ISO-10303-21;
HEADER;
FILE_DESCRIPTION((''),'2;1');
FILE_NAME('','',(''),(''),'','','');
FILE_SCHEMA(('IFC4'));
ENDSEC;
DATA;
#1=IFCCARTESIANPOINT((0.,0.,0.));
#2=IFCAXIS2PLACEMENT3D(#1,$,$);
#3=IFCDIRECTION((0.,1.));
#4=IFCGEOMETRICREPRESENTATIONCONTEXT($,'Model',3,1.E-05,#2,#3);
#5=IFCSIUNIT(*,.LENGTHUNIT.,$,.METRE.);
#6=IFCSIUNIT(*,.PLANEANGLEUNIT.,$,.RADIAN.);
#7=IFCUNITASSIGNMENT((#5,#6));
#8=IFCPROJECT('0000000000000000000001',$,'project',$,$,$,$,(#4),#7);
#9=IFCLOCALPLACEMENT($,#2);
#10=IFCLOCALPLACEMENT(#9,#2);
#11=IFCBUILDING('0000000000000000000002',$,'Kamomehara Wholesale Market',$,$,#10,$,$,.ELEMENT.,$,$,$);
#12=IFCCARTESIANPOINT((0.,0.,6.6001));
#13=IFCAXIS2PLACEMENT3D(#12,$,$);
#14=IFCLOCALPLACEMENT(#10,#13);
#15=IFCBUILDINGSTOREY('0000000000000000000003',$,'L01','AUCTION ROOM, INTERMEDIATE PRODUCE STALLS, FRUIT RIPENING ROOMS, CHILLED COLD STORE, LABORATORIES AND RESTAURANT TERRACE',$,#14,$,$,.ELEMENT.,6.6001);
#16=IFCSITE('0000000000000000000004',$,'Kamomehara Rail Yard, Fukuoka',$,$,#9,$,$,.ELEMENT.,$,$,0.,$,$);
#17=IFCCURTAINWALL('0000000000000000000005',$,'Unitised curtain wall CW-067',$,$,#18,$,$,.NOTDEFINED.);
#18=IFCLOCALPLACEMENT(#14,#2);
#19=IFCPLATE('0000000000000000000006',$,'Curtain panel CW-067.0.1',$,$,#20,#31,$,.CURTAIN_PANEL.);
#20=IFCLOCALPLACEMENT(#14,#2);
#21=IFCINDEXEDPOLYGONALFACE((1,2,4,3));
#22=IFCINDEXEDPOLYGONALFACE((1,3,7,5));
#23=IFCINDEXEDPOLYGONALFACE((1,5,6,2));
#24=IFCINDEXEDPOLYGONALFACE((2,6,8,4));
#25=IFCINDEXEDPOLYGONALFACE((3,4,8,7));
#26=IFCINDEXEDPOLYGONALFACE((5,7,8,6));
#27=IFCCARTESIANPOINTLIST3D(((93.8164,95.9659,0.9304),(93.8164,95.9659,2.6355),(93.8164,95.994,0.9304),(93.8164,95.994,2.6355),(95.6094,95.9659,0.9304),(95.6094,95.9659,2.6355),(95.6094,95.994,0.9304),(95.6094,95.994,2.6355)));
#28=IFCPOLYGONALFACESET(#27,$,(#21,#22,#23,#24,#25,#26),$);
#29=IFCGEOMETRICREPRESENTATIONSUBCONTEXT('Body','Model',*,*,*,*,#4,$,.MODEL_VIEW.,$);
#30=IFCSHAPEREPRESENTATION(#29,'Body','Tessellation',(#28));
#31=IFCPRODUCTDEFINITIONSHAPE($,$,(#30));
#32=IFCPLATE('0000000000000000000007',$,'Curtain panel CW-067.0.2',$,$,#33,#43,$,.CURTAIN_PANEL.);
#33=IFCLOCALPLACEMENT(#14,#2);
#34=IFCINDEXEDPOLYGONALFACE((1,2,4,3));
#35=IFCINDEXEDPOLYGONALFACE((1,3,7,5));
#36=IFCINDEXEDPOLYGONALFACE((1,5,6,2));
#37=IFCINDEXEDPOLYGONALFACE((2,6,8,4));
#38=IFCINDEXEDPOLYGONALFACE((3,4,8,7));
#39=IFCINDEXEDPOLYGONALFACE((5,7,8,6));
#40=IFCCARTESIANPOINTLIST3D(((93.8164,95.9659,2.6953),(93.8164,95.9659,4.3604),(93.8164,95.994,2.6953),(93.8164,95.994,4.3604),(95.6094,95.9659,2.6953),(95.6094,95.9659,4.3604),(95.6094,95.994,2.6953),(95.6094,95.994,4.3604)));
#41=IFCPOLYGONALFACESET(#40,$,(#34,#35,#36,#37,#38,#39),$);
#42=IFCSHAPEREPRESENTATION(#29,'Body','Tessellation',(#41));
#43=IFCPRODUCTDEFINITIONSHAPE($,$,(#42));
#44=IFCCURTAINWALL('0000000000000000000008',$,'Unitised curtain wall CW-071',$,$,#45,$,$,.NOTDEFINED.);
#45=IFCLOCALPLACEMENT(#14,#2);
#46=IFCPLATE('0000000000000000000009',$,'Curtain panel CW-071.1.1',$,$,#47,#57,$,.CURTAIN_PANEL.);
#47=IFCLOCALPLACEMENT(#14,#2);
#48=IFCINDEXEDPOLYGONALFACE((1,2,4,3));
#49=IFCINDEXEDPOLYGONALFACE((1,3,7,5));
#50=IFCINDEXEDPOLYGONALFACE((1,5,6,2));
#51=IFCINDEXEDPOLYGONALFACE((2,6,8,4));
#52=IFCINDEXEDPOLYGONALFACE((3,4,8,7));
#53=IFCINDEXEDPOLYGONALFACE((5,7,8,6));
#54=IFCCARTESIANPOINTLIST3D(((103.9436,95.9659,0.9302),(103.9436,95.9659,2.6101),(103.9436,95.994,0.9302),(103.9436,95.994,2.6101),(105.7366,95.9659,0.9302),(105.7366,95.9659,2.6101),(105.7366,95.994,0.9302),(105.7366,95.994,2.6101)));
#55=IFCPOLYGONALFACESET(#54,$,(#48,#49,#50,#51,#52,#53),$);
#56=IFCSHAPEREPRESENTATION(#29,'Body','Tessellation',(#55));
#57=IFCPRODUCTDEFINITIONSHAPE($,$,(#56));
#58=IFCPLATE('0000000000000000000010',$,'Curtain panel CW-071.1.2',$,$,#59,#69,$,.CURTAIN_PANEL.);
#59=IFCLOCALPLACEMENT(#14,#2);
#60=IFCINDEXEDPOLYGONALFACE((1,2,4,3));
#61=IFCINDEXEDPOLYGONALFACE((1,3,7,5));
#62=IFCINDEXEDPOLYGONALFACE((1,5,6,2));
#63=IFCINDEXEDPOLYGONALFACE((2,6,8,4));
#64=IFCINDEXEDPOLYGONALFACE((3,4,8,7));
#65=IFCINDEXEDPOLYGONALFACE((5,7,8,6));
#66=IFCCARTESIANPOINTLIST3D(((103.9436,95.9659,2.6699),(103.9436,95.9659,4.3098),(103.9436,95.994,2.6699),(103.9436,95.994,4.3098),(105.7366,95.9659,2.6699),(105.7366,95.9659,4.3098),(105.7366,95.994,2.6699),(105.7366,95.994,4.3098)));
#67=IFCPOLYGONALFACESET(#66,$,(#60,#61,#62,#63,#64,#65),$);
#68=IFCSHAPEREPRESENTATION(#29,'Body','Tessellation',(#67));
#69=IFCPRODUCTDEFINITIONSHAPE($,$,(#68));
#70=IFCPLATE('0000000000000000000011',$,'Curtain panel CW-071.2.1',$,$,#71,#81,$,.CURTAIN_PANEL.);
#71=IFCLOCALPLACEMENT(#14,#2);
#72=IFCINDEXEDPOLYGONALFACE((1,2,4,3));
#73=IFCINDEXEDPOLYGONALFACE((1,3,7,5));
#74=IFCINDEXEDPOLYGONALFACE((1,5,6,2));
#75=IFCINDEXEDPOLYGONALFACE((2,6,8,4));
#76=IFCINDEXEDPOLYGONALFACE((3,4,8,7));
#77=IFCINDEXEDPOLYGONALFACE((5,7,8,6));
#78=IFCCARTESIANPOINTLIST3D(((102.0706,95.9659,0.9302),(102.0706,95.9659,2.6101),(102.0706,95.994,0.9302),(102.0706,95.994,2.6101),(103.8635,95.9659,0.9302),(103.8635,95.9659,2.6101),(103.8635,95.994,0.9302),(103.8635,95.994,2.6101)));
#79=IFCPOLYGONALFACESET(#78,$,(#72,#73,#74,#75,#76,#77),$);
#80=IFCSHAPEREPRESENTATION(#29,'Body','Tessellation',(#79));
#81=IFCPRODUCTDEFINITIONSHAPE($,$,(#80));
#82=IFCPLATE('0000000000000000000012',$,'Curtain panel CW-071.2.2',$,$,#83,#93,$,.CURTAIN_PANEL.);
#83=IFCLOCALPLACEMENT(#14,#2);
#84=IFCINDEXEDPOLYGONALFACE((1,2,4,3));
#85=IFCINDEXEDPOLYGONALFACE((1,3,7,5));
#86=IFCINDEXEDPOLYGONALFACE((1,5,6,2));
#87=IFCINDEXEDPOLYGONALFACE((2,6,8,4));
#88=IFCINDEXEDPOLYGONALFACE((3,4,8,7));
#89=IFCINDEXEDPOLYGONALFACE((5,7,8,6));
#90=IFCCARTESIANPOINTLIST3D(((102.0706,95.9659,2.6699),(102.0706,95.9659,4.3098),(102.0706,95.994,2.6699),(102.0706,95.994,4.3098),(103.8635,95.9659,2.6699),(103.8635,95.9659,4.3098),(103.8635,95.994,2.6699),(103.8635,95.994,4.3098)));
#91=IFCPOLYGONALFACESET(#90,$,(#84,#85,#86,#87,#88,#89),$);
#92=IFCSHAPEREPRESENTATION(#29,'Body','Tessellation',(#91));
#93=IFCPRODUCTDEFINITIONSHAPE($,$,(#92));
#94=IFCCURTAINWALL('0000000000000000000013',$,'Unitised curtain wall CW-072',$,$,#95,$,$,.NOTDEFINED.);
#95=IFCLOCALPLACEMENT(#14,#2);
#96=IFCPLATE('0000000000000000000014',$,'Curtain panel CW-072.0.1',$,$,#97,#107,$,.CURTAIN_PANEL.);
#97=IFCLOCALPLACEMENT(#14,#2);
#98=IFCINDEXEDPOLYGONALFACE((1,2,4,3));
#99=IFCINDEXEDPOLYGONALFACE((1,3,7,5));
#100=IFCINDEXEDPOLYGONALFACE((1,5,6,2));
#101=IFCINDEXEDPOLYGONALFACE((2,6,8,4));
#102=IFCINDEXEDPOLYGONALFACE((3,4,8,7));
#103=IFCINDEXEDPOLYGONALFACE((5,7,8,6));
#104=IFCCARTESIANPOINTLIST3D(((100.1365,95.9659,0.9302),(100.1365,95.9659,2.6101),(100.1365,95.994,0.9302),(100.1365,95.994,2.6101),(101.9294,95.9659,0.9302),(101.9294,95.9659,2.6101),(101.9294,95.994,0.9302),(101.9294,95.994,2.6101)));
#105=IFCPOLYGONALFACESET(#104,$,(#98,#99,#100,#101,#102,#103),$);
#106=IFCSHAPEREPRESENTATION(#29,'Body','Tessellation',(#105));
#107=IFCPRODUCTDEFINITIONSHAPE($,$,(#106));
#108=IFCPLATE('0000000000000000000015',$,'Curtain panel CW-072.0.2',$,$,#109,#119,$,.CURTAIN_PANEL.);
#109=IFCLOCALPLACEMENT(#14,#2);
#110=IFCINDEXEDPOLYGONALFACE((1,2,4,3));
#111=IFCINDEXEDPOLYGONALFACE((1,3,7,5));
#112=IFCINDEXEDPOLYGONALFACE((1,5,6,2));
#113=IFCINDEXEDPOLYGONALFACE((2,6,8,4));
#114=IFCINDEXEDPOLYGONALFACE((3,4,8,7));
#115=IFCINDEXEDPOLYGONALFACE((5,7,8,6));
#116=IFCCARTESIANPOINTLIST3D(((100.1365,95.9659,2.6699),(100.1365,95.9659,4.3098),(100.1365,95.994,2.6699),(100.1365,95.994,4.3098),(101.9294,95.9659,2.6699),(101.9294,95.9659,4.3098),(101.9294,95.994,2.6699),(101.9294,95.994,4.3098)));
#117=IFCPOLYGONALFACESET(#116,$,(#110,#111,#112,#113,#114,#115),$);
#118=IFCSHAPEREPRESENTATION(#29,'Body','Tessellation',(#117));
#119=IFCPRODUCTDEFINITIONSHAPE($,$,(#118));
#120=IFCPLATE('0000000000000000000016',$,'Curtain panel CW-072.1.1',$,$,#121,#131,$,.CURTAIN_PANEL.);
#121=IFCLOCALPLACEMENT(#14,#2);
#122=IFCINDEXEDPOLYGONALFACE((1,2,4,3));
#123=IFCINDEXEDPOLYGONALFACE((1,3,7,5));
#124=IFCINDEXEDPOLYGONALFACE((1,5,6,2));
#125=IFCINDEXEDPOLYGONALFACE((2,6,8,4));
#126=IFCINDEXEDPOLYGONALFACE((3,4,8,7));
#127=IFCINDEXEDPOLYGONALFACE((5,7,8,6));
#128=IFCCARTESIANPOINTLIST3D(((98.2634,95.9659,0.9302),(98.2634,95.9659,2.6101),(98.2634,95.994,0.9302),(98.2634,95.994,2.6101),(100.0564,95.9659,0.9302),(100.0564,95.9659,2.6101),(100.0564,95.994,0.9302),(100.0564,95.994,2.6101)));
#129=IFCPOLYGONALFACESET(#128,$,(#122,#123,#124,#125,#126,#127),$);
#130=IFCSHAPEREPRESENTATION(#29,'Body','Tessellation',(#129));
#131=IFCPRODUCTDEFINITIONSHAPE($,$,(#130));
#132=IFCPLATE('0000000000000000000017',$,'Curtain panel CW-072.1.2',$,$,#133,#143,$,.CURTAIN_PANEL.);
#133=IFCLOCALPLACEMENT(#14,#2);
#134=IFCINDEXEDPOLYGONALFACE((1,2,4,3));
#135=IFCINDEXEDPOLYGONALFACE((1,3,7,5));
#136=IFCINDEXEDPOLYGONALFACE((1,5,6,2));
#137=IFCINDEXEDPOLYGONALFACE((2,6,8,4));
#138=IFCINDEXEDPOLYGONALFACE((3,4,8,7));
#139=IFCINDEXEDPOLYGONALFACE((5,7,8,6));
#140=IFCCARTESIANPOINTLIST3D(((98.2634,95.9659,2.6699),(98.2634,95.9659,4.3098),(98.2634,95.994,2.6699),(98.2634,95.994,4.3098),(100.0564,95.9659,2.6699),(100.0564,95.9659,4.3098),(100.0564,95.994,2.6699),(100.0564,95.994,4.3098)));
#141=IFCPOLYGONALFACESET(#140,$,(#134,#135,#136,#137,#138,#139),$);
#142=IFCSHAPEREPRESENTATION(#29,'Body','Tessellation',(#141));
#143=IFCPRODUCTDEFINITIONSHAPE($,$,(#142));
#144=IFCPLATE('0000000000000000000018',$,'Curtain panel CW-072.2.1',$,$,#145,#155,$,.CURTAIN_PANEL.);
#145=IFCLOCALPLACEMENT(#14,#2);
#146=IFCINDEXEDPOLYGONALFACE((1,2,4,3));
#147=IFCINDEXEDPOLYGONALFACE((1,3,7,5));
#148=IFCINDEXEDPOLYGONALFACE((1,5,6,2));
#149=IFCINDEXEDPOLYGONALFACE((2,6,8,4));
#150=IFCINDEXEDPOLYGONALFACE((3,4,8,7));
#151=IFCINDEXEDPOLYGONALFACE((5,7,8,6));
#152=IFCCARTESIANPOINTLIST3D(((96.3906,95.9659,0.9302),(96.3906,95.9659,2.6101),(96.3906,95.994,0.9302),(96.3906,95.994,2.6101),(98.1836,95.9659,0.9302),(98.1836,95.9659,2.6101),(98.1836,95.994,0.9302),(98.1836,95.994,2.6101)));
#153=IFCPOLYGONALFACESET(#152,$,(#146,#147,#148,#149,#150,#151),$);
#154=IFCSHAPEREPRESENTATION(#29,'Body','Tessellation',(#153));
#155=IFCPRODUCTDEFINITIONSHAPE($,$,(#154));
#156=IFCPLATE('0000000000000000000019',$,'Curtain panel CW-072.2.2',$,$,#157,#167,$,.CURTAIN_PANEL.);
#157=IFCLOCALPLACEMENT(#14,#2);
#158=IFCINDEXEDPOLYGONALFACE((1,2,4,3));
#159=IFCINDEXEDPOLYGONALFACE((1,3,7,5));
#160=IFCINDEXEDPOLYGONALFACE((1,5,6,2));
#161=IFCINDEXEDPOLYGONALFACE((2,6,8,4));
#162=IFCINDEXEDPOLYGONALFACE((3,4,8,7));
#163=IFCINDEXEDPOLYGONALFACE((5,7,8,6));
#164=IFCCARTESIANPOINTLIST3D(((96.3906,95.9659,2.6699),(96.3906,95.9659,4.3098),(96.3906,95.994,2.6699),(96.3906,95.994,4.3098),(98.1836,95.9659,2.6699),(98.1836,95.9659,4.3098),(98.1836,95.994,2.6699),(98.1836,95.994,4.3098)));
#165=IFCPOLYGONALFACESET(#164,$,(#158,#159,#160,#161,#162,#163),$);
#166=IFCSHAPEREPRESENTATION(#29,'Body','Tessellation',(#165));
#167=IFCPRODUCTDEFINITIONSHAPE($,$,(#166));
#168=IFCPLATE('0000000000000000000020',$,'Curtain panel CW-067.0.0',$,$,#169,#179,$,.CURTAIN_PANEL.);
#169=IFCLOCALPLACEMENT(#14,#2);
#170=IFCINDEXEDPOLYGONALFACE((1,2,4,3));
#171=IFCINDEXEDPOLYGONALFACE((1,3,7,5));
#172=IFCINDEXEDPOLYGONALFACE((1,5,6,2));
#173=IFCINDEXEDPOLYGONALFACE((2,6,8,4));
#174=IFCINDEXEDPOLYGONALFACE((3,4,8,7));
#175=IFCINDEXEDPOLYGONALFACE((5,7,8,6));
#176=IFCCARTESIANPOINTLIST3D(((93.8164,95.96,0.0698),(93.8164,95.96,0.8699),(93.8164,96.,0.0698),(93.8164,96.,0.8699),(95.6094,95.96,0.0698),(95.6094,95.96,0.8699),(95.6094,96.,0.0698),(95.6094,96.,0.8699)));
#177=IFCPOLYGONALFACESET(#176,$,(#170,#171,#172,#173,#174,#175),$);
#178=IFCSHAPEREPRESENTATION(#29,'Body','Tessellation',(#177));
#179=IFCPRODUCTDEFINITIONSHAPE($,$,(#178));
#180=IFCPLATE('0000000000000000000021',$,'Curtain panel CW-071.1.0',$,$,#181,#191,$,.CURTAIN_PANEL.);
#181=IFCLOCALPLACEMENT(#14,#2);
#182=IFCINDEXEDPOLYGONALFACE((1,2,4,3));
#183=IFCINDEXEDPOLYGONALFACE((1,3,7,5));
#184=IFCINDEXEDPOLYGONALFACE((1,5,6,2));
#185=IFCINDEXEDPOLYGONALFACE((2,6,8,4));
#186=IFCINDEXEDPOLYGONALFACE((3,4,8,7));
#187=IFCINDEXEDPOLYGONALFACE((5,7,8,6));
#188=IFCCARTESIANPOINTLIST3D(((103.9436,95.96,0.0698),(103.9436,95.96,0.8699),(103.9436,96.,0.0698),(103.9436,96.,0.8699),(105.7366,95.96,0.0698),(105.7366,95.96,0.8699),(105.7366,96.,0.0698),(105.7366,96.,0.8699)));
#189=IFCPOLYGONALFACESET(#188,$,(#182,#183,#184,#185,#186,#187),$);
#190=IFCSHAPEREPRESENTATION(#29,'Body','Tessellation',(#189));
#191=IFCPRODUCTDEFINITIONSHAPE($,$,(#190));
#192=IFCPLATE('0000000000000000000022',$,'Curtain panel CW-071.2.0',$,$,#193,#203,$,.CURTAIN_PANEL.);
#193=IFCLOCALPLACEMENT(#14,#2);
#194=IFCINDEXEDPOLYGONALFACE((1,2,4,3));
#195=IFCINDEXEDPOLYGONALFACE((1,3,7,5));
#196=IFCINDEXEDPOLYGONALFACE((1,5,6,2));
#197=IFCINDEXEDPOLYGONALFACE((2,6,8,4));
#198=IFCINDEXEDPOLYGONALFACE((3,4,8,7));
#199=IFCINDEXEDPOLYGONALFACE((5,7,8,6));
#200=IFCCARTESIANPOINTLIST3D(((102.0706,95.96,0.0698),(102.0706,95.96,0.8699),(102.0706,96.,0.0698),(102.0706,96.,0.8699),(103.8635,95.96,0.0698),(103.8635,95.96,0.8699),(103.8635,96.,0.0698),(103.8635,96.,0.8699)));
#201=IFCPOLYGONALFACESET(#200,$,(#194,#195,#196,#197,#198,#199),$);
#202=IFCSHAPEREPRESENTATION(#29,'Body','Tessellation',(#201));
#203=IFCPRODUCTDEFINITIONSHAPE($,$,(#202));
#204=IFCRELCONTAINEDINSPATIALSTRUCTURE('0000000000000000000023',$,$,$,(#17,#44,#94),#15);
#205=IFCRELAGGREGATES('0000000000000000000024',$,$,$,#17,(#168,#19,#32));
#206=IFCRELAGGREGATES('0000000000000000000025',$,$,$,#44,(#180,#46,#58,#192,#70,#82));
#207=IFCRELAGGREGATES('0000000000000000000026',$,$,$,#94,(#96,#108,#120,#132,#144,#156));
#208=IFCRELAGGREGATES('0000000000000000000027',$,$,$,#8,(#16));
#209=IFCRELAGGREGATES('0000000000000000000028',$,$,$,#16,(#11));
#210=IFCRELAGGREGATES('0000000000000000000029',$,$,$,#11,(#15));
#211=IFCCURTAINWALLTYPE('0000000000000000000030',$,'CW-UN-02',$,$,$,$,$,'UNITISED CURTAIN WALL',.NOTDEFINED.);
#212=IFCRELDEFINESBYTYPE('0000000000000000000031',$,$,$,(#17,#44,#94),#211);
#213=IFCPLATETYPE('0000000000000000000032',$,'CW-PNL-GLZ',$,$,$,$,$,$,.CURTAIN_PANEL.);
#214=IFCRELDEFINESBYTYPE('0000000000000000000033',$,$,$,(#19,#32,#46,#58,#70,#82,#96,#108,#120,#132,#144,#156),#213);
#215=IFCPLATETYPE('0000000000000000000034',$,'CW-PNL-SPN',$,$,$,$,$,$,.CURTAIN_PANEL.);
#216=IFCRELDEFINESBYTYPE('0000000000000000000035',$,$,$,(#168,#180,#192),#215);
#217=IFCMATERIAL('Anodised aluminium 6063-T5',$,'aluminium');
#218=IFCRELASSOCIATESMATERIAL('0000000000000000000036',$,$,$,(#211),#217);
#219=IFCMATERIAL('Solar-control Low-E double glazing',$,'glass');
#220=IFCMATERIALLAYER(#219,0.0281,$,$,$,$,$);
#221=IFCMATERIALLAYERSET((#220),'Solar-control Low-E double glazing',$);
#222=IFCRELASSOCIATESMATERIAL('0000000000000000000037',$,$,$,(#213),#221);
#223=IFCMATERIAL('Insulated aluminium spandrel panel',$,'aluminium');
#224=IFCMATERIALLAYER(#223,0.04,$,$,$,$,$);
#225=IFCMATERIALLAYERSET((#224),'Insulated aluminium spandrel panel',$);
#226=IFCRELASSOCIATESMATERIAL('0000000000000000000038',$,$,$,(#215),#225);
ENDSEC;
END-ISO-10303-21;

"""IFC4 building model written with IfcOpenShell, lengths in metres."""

from ifc_helpers import new_model, si_unit, direction, frame, origin, origin_2d, place, context, subcontext, project, spatial, rectangle, extrude, material, layer, layer_set, type_object, element, aggregate, save


model = new_model("IFC4")

# Units and contexts
model_context = context("Model", 3, precision=1e-05, world=origin(), true_north=direction((0.0, 1.0)))
body_context = subcontext(model_context, "Body", "Model", "MODEL_VIEW")
ifc_project = project(units=[si_unit("LENGTHUNIT", "METRE"), si_unit("PLANEANGLEUNIT", "RADIAN")], contexts=[model_context])

# Site, building, storey
site_placement = place(None, origin())
site = spatial("IfcSite", under=ifc_project, at=site_placement, Name="Kamomehara Rail Yard, Fukuoka", CompositionType="ELEMENT", RefElevation=0.0)
building_placement = place(site_placement, origin())
building = spatial("IfcBuilding", under=site, at=building_placement, Name="Kamomehara Wholesale Market", CompositionType="ELEMENT")
storey_placement = place(building_placement, frame((0.0, 0.0, 6.6001)))
storey = spatial("IfcBuildingStorey", under=building, at=storey_placement, Name="L01", Description="AUCTION ROOM, INTERMEDIATE PRODUCE STALLS, FRUIT RIPENING ROOMS, CHILLED COLD STORE, LABORATORIES AND RESTAURANT TERRACE", CompositionType="ELEMENT", Elevation=6.6001)

# Curtain walls, plates
ifc_material_1 = material(Name="Anodised aluminium 6063-T5", Category="aluminium")
curtain_wall_type = type_object("IfcCurtainWallType", Name="CW-UN-02", ElementType="UNITISED CURTAIN WALL", PredefinedType="NOTDEFINED", material=ifc_material_1)
curtain_wall_1_placement = place(storey_placement, origin())
curtain_wall_1 = element("IfcCurtainWall", 1, at=curtain_wall_1_placement, inside=storey, type_object=curtain_wall_type, Name="Unitised curtain wall CW-067", PredefinedType="NOTDEFINED")
ifc_material_2 = material(Name="Solar-control Low-E double glazing", Category="glass")
ifc_layer_1 = layer(ifc_material_2, 0.0281)
ifc_layer_set_1 = layer_set([ifc_layer_1], Name="Solar-control Low-E double glazing")
plate_type_1 = type_object("IfcPlateType", Name="CW-PNL-GLZ", PredefinedType="CURTAIN_PANEL", material=ifc_layer_set_1)
plate_1_placement = place(storey_placement, frame((94.7129, 95.98, 0.9304), z_axis=(0.0, 0.0, 1.0), x_axis=(-1.0, 0.0, 0.0)))
plate_1 = element("IfcPlate", 2, at=plate_1_placement, type_object=plate_type_1, Name="Curtain panel CW-067.0.1", PredefinedType="CURTAIN_PANEL", context=body_context, shape_type="SweptSolid", body=[
    extrude(rectangle(XDim=1.793, YDim=0.0281, at=origin_2d()), origin(), (0.0, 0.0, 1.0), 1.7051),
])
plate_2_placement = place(storey_placement, frame((94.7129, 95.98, 2.6953), z_axis=(0.0, 0.0, 1.0), x_axis=(-1.0, 0.0, 0.0)))
plate_2 = element("IfcPlate", 3, at=plate_2_placement, type_object=plate_type_1, Name="Curtain panel CW-067.0.2", PredefinedType="CURTAIN_PANEL", context=body_context, shape_type="SweptSolid", body=[
    extrude(rectangle(XDim=1.793, YDim=0.0281, at=origin_2d()), origin(), (0.0, 0.0, 1.0), 1.665),
])
curtain_wall_2_placement = place(storey_placement, origin())
curtain_wall_2 = element("IfcCurtainWall", 4, at=curtain_wall_2_placement, inside=storey, type_object=curtain_wall_type, Name="Unitised curtain wall CW-071", PredefinedType="NOTDEFINED")
plate_3_placement = place(storey_placement, frame((104.8401, 95.98, 0.9302), z_axis=(0.0, 0.0, 1.0), x_axis=(-1.0, 0.0, 0.0)))
plate_3 = element("IfcPlate", 5, at=plate_3_placement, type_object=plate_type_1, Name="Curtain panel CW-071.1.1", PredefinedType="CURTAIN_PANEL", context=body_context, shape_type="SweptSolid", body=[
    extrude(rectangle(XDim=1.793, YDim=0.0281, at=origin_2d()), origin(), (0.0, 0.0, 1.0), 1.6799),
])
plate_4_placement = place(storey_placement, frame((104.8401, 95.98, 2.6699), z_axis=(0.0, 0.0, 1.0), x_axis=(-1.0, 0.0, 0.0)))
plate_4 = element("IfcPlate", 6, at=plate_4_placement, type_object=plate_type_1, Name="Curtain panel CW-071.1.2", PredefinedType="CURTAIN_PANEL", context=body_context, shape_type="SweptSolid", body=[
    extrude(rectangle(XDim=1.793, YDim=0.0281, at=origin_2d()), origin(), (0.0, 0.0, 1.0), 1.6399),
])
plate_5_placement = place(storey_placement, frame((102.967, 95.98, 0.9302), z_axis=(0.0, 0.0, 1.0), x_axis=(-1.0, 0.0, 0.0)))
plate_5 = element("IfcPlate", 7, at=plate_5_placement, type_object=plate_type_1, Name="Curtain panel CW-071.2.1", PredefinedType="CURTAIN_PANEL", context=body_context, shape_type="SweptSolid", body=[
    extrude(rectangle(XDim=1.793, YDim=0.0281, at=origin_2d()), origin(), (0.0, 0.0, 1.0), 1.6799),
])
plate_6_placement = place(storey_placement, frame((102.967, 95.98, 2.6699), z_axis=(0.0, 0.0, 1.0), x_axis=(-1.0, 0.0, 0.0)))
plate_6 = element("IfcPlate", 8, at=plate_6_placement, type_object=plate_type_1, Name="Curtain panel CW-071.2.2", PredefinedType="CURTAIN_PANEL", context=body_context, shape_type="SweptSolid", body=[
    extrude(rectangle(XDim=1.793, YDim=0.0281, at=origin_2d()), origin(), (0.0, 0.0, 1.0), 1.6399),
])
curtain_wall_3_placement = place(storey_placement, origin())
curtain_wall_3 = element("IfcCurtainWall", 9, at=curtain_wall_3_placement, inside=storey, type_object=curtain_wall_type, Name="Unitised curtain wall CW-072", PredefinedType="NOTDEFINED")
plate_7_placement = place(storey_placement, frame((101.033, 95.98, 0.9302), z_axis=(0.0, 0.0, 1.0), x_axis=(-1.0, 0.0, 0.0)))
plate_7 = element("IfcPlate", 10, at=plate_7_placement, type_object=plate_type_1, Name="Curtain panel CW-072.0.1", PredefinedType="CURTAIN_PANEL", context=body_context, shape_type="SweptSolid", body=[
    extrude(rectangle(XDim=1.793, YDim=0.0281, at=origin_2d()), origin(), (0.0, 0.0, 1.0), 1.6799),
])
plate_8_placement = place(storey_placement, frame((101.033, 95.98, 2.6699), z_axis=(0.0, 0.0, 1.0), x_axis=(-1.0, 0.0, 0.0)))
plate_8 = element("IfcPlate", 11, at=plate_8_placement, type_object=plate_type_1, Name="Curtain panel CW-072.0.2", PredefinedType="CURTAIN_PANEL", context=body_context, shape_type="SweptSolid", body=[
    extrude(rectangle(XDim=1.793, YDim=0.0281, at=origin_2d()), origin(), (0.0, 0.0, 1.0), 1.6399),
])
plate_9_placement = place(storey_placement, frame((99.1599, 95.98, 0.9302), z_axis=(0.0, 0.0, 1.0), x_axis=(-1.0, 0.0, 0.0)))
plate_9 = element("IfcPlate", 12, at=plate_9_placement, type_object=plate_type_1, Name="Curtain panel CW-072.1.1", PredefinedType="CURTAIN_PANEL", context=body_context, shape_type="SweptSolid", body=[
    extrude(rectangle(XDim=1.793, YDim=0.0281, at=origin_2d()), origin(), (0.0, 0.0, 1.0), 1.6799),
])
plate_10_placement = place(storey_placement, frame((99.1599, 95.98, 2.6699), z_axis=(0.0, 0.0, 1.0), x_axis=(-1.0, 0.0, 0.0)))
plate_10 = element("IfcPlate", 13, at=plate_10_placement, type_object=plate_type_1, Name="Curtain panel CW-072.1.2", PredefinedType="CURTAIN_PANEL", context=body_context, shape_type="SweptSolid", body=[
    extrude(rectangle(XDim=1.793, YDim=0.0281, at=origin_2d()), origin(), (0.0, 0.0, 1.0), 1.6399),
])
plate_11_placement = place(storey_placement, frame((97.2871, 95.98, 0.9302), z_axis=(0.0, 0.0, 1.0), x_axis=(-1.0, 0.0, 0.0)))
plate_11 = element("IfcPlate", 14, at=plate_11_placement, type_object=plate_type_1, Name="Curtain panel CW-072.2.1", PredefinedType="CURTAIN_PANEL", context=body_context, shape_type="SweptSolid", body=[
    extrude(rectangle(XDim=1.793, YDim=0.0281, at=origin_2d()), origin(), (0.0, 0.0, 1.0), 1.6799),
])
plate_12_placement = place(storey_placement, frame((97.2871, 95.98, 2.6699), z_axis=(0.0, 0.0, 1.0), x_axis=(-1.0, 0.0, 0.0)))
plate_12 = element("IfcPlate", 15, at=plate_12_placement, type_object=plate_type_1, Name="Curtain panel CW-072.2.2", PredefinedType="CURTAIN_PANEL", context=body_context, shape_type="SweptSolid", body=[
    extrude(rectangle(XDim=1.793, YDim=0.0281, at=origin_2d()), origin(), (0.0, 0.0, 1.0), 1.6399),
])

# Plates
ifc_material_3 = material(Name="Insulated aluminium spandrel panel", Category="aluminium")
ifc_layer_2 = layer(ifc_material_3, 0.04)
ifc_layer_set_2 = layer_set([ifc_layer_2], Name="Insulated aluminium spandrel panel")
plate_type_2 = type_object("IfcPlateType", Name="CW-PNL-SPN", PredefinedType="CURTAIN_PANEL", material=ifc_layer_set_2)
plate_13_placement = place(storey_placement, frame((94.7129, 95.98, 0.0698), z_axis=(0.0, 0.0, 1.0), x_axis=(-1.0, 0.0, 0.0)))
plate_13 = element("IfcPlate", 16, at=plate_13_placement, type_object=plate_type_2, Name="Curtain panel CW-067.0.0", PredefinedType="CURTAIN_PANEL", context=body_context, shape_type="SweptSolid", body=[
    extrude(rectangle(XDim=1.793, YDim=0.04, at=origin_2d()), origin(), (0.0, 0.0, 1.0), 0.8),
])
aggregate(curtain_wall_1, [plate_13, plate_1, plate_2])
plate_14_placement = place(storey_placement, frame((104.8401, 95.98, 0.0698), z_axis=(0.0, 0.0, 1.0), x_axis=(-1.0, 0.0, 0.0)))
plate_14 = element("IfcPlate", 17, at=plate_14_placement, type_object=plate_type_2, Name="Curtain panel CW-071.1.0", PredefinedType="CURTAIN_PANEL", context=body_context, shape_type="SweptSolid", body=[
    extrude(rectangle(XDim=1.793, YDim=0.04, at=origin_2d()), origin(), (0.0, 0.0, 1.0), 0.8),
])
plate_15_placement = place(storey_placement, frame((102.967, 95.98, 0.0698), z_axis=(0.0, 0.0, 1.0), x_axis=(-1.0, 0.0, 0.0)))
plate_15 = element("IfcPlate", 18, at=plate_15_placement, type_object=plate_type_2, Name="Curtain panel CW-071.2.0", PredefinedType="CURTAIN_PANEL", context=body_context, shape_type="SweptSolid", body=[
    extrude(rectangle(XDim=1.793, YDim=0.04, at=origin_2d()), origin(), (0.0, 0.0, 1.0), 0.8),
])
aggregate(curtain_wall_2, [plate_14, plate_3, plate_4, plate_15, plate_5, plate_6])
aggregate(curtain_wall_3, [plate_7, plate_8, plate_9, plate_10, plate_11, plate_12])

save(model, "model.ifc")
